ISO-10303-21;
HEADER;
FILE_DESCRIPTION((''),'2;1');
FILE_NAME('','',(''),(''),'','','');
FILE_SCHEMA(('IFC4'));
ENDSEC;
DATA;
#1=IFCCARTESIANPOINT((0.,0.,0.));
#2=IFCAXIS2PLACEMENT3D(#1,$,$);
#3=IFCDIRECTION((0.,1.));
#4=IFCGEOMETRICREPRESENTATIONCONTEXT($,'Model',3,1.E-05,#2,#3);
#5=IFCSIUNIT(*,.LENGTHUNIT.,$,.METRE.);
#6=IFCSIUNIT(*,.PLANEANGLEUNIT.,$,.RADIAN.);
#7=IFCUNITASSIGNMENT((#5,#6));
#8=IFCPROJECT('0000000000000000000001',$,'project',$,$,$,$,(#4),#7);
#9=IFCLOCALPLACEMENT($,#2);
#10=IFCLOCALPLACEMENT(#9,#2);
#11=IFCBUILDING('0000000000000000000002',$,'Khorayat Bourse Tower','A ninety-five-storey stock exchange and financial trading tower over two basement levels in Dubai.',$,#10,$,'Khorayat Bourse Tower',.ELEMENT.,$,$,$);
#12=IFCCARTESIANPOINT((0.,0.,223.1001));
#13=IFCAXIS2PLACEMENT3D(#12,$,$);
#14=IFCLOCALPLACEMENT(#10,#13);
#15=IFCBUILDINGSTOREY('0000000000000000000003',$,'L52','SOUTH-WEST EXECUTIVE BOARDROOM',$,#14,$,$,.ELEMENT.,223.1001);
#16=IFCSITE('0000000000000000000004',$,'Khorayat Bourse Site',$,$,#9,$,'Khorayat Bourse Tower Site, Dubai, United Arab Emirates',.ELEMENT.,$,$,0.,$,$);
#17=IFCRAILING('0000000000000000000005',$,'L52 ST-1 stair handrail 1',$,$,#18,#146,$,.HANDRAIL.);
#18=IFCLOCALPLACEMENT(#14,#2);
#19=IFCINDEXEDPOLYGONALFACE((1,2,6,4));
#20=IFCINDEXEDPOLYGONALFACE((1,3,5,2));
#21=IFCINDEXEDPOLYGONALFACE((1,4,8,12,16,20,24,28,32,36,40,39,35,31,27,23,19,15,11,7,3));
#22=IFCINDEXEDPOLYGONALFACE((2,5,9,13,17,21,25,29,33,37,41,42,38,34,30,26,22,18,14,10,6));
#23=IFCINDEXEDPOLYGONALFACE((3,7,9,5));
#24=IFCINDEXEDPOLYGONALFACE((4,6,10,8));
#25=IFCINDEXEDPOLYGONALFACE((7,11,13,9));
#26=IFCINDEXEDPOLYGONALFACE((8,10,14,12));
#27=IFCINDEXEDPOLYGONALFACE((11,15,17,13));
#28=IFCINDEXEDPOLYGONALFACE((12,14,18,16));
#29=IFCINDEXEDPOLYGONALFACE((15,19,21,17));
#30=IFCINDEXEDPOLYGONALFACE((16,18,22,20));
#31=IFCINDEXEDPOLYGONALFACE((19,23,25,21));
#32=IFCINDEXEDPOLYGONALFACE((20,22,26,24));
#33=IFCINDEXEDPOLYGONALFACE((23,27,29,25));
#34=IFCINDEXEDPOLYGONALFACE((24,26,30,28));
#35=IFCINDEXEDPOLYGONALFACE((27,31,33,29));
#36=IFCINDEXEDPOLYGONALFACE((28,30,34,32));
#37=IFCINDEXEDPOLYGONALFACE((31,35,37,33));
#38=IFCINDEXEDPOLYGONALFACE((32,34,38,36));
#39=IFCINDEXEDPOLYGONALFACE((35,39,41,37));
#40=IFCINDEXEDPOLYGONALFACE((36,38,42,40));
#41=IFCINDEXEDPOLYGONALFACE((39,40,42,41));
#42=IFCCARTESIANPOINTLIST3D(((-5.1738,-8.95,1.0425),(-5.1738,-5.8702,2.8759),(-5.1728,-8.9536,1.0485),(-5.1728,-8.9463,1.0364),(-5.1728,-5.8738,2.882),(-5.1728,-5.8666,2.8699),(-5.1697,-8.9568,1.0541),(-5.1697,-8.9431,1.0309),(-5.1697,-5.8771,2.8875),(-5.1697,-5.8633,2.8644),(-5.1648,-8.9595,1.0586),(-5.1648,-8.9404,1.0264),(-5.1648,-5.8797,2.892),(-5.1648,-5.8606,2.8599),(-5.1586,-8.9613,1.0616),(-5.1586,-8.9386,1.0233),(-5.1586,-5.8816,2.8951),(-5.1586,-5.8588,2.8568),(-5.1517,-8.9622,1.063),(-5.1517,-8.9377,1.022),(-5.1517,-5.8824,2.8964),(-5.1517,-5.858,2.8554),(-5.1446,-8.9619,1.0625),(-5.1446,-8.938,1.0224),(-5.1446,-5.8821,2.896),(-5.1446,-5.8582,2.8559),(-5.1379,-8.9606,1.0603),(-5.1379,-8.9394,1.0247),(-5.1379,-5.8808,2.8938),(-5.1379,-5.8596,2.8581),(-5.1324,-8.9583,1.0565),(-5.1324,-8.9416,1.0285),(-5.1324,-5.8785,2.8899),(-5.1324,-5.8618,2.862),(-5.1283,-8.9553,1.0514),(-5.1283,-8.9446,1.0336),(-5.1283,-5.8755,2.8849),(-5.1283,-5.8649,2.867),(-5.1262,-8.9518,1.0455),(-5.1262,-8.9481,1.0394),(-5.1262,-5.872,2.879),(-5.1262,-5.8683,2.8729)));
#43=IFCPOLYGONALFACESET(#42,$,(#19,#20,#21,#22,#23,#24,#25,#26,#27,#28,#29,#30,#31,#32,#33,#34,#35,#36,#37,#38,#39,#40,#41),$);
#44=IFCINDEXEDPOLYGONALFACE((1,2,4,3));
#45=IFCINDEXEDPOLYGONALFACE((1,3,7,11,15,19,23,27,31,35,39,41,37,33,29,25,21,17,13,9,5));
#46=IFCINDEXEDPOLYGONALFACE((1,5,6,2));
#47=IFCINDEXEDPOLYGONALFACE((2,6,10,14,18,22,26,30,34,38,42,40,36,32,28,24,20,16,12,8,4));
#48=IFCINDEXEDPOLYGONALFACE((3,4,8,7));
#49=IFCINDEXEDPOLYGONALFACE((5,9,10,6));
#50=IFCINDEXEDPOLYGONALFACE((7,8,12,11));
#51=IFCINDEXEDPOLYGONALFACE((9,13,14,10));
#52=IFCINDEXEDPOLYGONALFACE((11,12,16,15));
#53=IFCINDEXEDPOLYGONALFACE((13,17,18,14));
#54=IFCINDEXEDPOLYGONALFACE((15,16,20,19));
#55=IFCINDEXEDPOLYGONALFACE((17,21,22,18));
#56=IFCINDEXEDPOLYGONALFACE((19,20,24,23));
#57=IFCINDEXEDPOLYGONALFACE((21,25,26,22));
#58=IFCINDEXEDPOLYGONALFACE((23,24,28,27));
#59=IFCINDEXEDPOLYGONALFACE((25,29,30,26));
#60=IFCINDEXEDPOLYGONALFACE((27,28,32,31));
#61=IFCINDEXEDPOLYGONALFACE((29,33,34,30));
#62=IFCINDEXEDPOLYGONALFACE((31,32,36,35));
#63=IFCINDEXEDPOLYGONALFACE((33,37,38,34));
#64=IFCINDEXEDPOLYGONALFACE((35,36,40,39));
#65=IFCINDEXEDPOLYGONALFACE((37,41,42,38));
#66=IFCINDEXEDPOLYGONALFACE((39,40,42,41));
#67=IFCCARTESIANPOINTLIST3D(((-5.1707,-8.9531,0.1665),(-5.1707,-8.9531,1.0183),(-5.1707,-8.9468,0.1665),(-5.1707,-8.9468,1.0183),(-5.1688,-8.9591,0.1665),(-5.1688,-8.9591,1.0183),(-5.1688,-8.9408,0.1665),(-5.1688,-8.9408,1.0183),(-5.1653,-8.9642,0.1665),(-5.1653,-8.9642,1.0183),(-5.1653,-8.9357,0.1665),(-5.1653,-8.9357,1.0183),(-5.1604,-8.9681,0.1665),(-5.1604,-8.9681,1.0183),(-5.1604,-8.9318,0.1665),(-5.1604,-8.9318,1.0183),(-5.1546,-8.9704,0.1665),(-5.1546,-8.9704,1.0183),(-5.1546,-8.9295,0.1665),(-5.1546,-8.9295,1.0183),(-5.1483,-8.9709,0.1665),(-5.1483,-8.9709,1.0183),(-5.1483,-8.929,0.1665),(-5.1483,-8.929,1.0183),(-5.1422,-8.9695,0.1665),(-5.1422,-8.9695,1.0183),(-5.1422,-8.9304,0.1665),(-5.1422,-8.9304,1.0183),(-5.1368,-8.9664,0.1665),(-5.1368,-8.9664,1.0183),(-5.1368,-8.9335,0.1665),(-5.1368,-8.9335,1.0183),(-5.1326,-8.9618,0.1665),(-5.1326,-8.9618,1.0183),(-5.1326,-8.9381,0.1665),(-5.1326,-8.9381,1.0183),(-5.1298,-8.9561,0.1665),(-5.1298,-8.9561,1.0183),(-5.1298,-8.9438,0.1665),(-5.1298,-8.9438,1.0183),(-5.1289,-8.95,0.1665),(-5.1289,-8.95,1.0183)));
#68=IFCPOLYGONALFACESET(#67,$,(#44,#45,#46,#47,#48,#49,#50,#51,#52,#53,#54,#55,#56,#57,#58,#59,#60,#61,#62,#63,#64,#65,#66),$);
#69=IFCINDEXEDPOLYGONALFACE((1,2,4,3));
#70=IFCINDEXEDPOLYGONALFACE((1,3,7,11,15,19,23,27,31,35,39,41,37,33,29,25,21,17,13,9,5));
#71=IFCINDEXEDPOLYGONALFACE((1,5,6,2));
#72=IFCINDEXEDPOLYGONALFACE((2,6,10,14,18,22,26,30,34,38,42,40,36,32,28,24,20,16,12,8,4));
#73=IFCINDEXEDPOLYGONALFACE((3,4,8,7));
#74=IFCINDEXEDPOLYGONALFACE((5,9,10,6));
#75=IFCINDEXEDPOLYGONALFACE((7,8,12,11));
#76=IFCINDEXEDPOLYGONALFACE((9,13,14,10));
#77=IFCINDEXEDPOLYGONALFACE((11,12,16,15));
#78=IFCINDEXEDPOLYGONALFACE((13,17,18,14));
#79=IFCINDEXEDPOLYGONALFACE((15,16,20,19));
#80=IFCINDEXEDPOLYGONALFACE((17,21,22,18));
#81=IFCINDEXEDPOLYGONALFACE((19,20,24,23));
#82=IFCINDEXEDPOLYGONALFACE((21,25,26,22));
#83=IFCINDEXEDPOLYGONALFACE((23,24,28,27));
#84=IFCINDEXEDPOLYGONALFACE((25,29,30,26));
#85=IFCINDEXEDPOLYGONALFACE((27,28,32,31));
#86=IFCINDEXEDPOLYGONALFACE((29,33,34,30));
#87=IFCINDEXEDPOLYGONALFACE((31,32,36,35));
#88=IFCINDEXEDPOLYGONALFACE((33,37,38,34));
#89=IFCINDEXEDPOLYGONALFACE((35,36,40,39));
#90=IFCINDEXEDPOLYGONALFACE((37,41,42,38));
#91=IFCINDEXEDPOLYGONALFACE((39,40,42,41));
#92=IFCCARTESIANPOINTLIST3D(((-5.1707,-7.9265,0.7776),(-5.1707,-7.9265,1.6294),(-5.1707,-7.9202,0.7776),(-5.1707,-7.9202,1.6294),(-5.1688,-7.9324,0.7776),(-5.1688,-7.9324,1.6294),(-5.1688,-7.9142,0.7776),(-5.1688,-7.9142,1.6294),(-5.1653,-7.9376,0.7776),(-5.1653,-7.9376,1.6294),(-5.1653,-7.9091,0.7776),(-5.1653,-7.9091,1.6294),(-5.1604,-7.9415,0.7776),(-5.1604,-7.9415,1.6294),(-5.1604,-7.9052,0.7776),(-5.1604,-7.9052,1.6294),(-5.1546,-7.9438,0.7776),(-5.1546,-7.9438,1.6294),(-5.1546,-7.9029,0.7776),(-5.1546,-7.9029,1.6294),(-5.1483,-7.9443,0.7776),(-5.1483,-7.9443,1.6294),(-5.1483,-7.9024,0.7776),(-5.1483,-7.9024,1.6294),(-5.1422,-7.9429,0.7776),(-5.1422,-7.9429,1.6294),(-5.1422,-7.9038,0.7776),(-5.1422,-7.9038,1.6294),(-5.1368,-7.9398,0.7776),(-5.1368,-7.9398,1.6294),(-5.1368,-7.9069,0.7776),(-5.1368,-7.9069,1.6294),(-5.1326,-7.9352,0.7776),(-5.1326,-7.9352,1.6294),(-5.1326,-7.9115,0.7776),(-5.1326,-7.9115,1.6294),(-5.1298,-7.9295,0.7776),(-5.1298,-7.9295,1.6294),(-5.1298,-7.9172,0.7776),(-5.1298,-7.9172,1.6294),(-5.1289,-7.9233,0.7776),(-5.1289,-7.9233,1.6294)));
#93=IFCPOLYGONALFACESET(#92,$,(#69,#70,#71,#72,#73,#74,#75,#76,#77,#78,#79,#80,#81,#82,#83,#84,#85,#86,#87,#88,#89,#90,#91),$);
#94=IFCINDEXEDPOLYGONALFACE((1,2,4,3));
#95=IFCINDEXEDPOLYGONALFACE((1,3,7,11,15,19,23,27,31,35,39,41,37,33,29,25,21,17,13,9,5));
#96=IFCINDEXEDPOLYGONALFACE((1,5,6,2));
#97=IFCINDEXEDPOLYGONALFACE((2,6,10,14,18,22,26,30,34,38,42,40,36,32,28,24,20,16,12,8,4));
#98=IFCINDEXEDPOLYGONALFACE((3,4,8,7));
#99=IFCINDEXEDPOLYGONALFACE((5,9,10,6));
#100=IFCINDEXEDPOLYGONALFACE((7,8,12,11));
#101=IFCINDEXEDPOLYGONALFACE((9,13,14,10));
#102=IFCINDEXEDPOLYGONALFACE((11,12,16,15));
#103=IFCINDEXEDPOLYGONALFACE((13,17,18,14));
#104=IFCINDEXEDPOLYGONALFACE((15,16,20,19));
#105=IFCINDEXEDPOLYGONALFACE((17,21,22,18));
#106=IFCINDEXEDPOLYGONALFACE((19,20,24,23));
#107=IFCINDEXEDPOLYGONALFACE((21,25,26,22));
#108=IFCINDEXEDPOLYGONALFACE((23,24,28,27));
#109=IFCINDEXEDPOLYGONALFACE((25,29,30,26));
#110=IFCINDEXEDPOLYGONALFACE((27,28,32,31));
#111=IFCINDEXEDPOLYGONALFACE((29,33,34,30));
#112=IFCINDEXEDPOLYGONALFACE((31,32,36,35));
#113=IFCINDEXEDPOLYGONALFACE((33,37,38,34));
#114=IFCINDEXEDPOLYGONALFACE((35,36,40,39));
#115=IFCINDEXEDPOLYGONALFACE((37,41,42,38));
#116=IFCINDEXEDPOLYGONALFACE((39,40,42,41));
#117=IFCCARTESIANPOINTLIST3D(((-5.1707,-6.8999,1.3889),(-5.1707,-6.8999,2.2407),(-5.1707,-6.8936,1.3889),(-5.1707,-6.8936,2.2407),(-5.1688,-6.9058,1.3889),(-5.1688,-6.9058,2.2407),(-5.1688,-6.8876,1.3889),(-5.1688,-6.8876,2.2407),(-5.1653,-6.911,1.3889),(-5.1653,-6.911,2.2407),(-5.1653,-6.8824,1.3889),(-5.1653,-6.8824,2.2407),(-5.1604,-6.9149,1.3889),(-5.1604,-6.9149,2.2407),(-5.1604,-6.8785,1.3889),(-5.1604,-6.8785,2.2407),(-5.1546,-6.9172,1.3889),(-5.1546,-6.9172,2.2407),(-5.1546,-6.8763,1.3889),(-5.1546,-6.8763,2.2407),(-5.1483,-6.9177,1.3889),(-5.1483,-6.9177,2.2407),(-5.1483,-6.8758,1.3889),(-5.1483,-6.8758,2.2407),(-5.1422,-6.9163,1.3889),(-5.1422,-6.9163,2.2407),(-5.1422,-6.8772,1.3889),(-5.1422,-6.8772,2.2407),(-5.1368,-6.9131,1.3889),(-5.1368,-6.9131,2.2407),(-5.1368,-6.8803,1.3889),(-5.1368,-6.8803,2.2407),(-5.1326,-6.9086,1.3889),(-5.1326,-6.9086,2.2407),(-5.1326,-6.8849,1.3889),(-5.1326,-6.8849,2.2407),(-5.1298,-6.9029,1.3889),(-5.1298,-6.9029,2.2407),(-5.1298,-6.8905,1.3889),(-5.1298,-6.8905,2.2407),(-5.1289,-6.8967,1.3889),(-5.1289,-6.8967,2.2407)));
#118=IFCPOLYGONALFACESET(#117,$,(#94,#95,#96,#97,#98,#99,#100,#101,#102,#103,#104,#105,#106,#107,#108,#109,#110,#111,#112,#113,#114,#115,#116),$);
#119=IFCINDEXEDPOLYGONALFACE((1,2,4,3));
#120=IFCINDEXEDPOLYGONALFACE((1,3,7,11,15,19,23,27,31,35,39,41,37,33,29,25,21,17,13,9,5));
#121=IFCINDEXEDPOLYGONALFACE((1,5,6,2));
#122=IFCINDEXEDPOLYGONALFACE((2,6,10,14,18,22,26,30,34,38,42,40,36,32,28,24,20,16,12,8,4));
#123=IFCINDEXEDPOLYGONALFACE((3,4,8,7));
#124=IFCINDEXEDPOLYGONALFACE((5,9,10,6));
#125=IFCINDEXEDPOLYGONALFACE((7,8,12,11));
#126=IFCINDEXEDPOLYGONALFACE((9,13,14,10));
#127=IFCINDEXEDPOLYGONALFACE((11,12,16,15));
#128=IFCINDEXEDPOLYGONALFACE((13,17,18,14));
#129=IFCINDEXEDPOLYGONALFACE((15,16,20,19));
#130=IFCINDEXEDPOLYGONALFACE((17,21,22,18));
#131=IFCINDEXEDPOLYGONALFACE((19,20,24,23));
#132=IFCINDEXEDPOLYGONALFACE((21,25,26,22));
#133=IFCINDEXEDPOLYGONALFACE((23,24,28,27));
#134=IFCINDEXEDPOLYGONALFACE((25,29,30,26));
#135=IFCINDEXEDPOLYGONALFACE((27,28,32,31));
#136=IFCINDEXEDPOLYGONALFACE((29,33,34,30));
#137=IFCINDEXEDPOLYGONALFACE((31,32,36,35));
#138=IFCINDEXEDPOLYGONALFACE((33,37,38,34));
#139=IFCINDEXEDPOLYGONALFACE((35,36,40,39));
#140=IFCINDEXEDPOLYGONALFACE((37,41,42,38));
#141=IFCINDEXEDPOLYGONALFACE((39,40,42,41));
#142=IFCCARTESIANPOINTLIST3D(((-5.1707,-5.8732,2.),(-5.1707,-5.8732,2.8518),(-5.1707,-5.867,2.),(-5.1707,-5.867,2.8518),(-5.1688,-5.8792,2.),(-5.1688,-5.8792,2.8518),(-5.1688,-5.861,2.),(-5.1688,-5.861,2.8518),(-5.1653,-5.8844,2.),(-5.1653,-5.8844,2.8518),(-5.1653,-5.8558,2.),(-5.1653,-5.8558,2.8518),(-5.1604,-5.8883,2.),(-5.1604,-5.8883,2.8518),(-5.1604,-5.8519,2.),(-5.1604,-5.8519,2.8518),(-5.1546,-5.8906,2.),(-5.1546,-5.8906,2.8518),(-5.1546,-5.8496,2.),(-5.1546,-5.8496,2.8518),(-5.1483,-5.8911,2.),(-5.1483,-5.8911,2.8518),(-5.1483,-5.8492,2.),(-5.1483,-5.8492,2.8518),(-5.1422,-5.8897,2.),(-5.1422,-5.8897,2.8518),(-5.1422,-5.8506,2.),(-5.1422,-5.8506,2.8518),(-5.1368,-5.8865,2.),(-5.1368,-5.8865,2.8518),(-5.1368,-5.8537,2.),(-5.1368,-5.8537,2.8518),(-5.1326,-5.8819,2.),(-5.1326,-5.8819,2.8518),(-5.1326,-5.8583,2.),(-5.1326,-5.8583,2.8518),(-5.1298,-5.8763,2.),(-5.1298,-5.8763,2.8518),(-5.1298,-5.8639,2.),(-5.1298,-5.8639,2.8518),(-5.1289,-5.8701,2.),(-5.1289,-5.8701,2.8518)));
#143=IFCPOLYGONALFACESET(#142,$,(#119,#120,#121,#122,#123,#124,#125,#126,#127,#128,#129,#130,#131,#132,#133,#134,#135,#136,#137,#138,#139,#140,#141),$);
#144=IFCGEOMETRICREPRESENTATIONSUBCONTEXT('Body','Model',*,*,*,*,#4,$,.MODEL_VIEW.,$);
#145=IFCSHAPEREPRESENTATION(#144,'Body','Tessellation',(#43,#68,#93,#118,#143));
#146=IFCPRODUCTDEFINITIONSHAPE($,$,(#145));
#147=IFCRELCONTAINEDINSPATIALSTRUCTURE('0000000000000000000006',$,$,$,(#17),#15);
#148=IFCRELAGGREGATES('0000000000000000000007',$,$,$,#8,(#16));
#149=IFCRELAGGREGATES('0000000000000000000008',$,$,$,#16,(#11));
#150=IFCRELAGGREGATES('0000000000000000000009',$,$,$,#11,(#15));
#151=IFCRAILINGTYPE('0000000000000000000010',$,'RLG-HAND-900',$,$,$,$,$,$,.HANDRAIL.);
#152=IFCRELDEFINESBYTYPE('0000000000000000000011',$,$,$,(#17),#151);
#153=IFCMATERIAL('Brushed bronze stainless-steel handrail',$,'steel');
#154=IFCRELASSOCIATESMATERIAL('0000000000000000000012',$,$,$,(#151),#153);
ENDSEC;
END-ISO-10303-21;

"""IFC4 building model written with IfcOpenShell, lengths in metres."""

from ifc_helpers import new_model, si_unit, direction, frame, origin, origin_2d, place, context, subcontext, project, spatial, circle, extrude, source, transform, mapped, material, type_object, element, save


model = new_model("IFC4")

# Units and contexts
model_context = context("Model", 3, precision=1e-05, world=origin(), true_north=direction((0.0, 1.0)))
body_context = subcontext(model_context, "Body", "Model", "MODEL_VIEW")
ifc_project = project(units=[si_unit("LENGTHUNIT", "METRE"), si_unit("PLANEANGLEUNIT", "RADIAN")], contexts=[model_context])

# Site, building, storey
site_placement = place(None, origin())
site = spatial("IfcSite", under=ifc_project, at=site_placement, Name="Khorayat Bourse Site", LongName="Khorayat Bourse Tower Site, Dubai, United Arab Emirates", CompositionType="ELEMENT", RefElevation=0.0)
building_placement = place(site_placement, origin())
building = spatial("IfcBuilding", under=site, at=building_placement, Name="Khorayat Bourse Tower", Description="A ninety-five-storey stock exchange and financial trading tower over two basement levels in Dubai.", LongName="Khorayat Bourse Tower", CompositionType="ELEMENT")
storey_placement = place(building_placement, frame((0.0, 0.0, 223.1001)))
storey = spatial("IfcBuildingStorey", under=building, at=storey_placement, Name="L52", Description="SOUTH-WEST EXECUTIVE BOARDROOM", CompositionType="ELEMENT", Elevation=223.1001)

# Railing
ifc_material_1 = material(Name="Brushed bronze stainless-steel handrail", Category="steel")
railing_type_1 = type_object("IfcRailingType", Name="RLG-HAND-900", PredefinedType="HANDRAIL", material=ifc_material_1)
shared_shape_1 = source(origin(), body_context, "Body", "SweptSolid", [
    extrude(circle(Radius=0.0239, at=origin_2d()), frame((0.0, 0.0, 0.876), z_axis=(0.0, 0.859261, 0.511538), x_axis=(-1.0, 0.0, 0.0)), (0.0, 0.0, 1.0), 3.5842),
    extrude(circle(Radius=0.021, at=origin_2d()), origin(), (0.0, 0.0, 1.0), 0.8518),
    extrude(circle(Radius=0.021, at=origin_2d()), frame((0.0, 1.0266, 0.6111)), (0.0, 0.0, 1.0), 0.8518),
    extrude(circle(Radius=0.021, at=origin_2d()), frame((0.0, 2.0532, 1.2224)), (0.0, 0.0, 1.0), 0.8518),
    extrude(circle(Radius=0.021, at=origin_2d()), frame((0.0, 3.0798, 1.8335)), (0.0, 0.0, 1.0), 0.8518),
])
railing_1_placement = place(storey_placement, frame((-5.1499, -8.95, 0.1665)))
element("IfcRailing", 1, at=railing_1_placement, inside=storey, type_object=railing_type_1, Name="L52 ST-1 stair handrail 1", PredefinedType="HANDRAIL", context=body_context, shape_type="MappedRepresentation", body=[
    mapped(shared_shape_1, transform((0.0, 0.0, 0.0), scale=1.0)),
])

save(model, "model.ifc")
